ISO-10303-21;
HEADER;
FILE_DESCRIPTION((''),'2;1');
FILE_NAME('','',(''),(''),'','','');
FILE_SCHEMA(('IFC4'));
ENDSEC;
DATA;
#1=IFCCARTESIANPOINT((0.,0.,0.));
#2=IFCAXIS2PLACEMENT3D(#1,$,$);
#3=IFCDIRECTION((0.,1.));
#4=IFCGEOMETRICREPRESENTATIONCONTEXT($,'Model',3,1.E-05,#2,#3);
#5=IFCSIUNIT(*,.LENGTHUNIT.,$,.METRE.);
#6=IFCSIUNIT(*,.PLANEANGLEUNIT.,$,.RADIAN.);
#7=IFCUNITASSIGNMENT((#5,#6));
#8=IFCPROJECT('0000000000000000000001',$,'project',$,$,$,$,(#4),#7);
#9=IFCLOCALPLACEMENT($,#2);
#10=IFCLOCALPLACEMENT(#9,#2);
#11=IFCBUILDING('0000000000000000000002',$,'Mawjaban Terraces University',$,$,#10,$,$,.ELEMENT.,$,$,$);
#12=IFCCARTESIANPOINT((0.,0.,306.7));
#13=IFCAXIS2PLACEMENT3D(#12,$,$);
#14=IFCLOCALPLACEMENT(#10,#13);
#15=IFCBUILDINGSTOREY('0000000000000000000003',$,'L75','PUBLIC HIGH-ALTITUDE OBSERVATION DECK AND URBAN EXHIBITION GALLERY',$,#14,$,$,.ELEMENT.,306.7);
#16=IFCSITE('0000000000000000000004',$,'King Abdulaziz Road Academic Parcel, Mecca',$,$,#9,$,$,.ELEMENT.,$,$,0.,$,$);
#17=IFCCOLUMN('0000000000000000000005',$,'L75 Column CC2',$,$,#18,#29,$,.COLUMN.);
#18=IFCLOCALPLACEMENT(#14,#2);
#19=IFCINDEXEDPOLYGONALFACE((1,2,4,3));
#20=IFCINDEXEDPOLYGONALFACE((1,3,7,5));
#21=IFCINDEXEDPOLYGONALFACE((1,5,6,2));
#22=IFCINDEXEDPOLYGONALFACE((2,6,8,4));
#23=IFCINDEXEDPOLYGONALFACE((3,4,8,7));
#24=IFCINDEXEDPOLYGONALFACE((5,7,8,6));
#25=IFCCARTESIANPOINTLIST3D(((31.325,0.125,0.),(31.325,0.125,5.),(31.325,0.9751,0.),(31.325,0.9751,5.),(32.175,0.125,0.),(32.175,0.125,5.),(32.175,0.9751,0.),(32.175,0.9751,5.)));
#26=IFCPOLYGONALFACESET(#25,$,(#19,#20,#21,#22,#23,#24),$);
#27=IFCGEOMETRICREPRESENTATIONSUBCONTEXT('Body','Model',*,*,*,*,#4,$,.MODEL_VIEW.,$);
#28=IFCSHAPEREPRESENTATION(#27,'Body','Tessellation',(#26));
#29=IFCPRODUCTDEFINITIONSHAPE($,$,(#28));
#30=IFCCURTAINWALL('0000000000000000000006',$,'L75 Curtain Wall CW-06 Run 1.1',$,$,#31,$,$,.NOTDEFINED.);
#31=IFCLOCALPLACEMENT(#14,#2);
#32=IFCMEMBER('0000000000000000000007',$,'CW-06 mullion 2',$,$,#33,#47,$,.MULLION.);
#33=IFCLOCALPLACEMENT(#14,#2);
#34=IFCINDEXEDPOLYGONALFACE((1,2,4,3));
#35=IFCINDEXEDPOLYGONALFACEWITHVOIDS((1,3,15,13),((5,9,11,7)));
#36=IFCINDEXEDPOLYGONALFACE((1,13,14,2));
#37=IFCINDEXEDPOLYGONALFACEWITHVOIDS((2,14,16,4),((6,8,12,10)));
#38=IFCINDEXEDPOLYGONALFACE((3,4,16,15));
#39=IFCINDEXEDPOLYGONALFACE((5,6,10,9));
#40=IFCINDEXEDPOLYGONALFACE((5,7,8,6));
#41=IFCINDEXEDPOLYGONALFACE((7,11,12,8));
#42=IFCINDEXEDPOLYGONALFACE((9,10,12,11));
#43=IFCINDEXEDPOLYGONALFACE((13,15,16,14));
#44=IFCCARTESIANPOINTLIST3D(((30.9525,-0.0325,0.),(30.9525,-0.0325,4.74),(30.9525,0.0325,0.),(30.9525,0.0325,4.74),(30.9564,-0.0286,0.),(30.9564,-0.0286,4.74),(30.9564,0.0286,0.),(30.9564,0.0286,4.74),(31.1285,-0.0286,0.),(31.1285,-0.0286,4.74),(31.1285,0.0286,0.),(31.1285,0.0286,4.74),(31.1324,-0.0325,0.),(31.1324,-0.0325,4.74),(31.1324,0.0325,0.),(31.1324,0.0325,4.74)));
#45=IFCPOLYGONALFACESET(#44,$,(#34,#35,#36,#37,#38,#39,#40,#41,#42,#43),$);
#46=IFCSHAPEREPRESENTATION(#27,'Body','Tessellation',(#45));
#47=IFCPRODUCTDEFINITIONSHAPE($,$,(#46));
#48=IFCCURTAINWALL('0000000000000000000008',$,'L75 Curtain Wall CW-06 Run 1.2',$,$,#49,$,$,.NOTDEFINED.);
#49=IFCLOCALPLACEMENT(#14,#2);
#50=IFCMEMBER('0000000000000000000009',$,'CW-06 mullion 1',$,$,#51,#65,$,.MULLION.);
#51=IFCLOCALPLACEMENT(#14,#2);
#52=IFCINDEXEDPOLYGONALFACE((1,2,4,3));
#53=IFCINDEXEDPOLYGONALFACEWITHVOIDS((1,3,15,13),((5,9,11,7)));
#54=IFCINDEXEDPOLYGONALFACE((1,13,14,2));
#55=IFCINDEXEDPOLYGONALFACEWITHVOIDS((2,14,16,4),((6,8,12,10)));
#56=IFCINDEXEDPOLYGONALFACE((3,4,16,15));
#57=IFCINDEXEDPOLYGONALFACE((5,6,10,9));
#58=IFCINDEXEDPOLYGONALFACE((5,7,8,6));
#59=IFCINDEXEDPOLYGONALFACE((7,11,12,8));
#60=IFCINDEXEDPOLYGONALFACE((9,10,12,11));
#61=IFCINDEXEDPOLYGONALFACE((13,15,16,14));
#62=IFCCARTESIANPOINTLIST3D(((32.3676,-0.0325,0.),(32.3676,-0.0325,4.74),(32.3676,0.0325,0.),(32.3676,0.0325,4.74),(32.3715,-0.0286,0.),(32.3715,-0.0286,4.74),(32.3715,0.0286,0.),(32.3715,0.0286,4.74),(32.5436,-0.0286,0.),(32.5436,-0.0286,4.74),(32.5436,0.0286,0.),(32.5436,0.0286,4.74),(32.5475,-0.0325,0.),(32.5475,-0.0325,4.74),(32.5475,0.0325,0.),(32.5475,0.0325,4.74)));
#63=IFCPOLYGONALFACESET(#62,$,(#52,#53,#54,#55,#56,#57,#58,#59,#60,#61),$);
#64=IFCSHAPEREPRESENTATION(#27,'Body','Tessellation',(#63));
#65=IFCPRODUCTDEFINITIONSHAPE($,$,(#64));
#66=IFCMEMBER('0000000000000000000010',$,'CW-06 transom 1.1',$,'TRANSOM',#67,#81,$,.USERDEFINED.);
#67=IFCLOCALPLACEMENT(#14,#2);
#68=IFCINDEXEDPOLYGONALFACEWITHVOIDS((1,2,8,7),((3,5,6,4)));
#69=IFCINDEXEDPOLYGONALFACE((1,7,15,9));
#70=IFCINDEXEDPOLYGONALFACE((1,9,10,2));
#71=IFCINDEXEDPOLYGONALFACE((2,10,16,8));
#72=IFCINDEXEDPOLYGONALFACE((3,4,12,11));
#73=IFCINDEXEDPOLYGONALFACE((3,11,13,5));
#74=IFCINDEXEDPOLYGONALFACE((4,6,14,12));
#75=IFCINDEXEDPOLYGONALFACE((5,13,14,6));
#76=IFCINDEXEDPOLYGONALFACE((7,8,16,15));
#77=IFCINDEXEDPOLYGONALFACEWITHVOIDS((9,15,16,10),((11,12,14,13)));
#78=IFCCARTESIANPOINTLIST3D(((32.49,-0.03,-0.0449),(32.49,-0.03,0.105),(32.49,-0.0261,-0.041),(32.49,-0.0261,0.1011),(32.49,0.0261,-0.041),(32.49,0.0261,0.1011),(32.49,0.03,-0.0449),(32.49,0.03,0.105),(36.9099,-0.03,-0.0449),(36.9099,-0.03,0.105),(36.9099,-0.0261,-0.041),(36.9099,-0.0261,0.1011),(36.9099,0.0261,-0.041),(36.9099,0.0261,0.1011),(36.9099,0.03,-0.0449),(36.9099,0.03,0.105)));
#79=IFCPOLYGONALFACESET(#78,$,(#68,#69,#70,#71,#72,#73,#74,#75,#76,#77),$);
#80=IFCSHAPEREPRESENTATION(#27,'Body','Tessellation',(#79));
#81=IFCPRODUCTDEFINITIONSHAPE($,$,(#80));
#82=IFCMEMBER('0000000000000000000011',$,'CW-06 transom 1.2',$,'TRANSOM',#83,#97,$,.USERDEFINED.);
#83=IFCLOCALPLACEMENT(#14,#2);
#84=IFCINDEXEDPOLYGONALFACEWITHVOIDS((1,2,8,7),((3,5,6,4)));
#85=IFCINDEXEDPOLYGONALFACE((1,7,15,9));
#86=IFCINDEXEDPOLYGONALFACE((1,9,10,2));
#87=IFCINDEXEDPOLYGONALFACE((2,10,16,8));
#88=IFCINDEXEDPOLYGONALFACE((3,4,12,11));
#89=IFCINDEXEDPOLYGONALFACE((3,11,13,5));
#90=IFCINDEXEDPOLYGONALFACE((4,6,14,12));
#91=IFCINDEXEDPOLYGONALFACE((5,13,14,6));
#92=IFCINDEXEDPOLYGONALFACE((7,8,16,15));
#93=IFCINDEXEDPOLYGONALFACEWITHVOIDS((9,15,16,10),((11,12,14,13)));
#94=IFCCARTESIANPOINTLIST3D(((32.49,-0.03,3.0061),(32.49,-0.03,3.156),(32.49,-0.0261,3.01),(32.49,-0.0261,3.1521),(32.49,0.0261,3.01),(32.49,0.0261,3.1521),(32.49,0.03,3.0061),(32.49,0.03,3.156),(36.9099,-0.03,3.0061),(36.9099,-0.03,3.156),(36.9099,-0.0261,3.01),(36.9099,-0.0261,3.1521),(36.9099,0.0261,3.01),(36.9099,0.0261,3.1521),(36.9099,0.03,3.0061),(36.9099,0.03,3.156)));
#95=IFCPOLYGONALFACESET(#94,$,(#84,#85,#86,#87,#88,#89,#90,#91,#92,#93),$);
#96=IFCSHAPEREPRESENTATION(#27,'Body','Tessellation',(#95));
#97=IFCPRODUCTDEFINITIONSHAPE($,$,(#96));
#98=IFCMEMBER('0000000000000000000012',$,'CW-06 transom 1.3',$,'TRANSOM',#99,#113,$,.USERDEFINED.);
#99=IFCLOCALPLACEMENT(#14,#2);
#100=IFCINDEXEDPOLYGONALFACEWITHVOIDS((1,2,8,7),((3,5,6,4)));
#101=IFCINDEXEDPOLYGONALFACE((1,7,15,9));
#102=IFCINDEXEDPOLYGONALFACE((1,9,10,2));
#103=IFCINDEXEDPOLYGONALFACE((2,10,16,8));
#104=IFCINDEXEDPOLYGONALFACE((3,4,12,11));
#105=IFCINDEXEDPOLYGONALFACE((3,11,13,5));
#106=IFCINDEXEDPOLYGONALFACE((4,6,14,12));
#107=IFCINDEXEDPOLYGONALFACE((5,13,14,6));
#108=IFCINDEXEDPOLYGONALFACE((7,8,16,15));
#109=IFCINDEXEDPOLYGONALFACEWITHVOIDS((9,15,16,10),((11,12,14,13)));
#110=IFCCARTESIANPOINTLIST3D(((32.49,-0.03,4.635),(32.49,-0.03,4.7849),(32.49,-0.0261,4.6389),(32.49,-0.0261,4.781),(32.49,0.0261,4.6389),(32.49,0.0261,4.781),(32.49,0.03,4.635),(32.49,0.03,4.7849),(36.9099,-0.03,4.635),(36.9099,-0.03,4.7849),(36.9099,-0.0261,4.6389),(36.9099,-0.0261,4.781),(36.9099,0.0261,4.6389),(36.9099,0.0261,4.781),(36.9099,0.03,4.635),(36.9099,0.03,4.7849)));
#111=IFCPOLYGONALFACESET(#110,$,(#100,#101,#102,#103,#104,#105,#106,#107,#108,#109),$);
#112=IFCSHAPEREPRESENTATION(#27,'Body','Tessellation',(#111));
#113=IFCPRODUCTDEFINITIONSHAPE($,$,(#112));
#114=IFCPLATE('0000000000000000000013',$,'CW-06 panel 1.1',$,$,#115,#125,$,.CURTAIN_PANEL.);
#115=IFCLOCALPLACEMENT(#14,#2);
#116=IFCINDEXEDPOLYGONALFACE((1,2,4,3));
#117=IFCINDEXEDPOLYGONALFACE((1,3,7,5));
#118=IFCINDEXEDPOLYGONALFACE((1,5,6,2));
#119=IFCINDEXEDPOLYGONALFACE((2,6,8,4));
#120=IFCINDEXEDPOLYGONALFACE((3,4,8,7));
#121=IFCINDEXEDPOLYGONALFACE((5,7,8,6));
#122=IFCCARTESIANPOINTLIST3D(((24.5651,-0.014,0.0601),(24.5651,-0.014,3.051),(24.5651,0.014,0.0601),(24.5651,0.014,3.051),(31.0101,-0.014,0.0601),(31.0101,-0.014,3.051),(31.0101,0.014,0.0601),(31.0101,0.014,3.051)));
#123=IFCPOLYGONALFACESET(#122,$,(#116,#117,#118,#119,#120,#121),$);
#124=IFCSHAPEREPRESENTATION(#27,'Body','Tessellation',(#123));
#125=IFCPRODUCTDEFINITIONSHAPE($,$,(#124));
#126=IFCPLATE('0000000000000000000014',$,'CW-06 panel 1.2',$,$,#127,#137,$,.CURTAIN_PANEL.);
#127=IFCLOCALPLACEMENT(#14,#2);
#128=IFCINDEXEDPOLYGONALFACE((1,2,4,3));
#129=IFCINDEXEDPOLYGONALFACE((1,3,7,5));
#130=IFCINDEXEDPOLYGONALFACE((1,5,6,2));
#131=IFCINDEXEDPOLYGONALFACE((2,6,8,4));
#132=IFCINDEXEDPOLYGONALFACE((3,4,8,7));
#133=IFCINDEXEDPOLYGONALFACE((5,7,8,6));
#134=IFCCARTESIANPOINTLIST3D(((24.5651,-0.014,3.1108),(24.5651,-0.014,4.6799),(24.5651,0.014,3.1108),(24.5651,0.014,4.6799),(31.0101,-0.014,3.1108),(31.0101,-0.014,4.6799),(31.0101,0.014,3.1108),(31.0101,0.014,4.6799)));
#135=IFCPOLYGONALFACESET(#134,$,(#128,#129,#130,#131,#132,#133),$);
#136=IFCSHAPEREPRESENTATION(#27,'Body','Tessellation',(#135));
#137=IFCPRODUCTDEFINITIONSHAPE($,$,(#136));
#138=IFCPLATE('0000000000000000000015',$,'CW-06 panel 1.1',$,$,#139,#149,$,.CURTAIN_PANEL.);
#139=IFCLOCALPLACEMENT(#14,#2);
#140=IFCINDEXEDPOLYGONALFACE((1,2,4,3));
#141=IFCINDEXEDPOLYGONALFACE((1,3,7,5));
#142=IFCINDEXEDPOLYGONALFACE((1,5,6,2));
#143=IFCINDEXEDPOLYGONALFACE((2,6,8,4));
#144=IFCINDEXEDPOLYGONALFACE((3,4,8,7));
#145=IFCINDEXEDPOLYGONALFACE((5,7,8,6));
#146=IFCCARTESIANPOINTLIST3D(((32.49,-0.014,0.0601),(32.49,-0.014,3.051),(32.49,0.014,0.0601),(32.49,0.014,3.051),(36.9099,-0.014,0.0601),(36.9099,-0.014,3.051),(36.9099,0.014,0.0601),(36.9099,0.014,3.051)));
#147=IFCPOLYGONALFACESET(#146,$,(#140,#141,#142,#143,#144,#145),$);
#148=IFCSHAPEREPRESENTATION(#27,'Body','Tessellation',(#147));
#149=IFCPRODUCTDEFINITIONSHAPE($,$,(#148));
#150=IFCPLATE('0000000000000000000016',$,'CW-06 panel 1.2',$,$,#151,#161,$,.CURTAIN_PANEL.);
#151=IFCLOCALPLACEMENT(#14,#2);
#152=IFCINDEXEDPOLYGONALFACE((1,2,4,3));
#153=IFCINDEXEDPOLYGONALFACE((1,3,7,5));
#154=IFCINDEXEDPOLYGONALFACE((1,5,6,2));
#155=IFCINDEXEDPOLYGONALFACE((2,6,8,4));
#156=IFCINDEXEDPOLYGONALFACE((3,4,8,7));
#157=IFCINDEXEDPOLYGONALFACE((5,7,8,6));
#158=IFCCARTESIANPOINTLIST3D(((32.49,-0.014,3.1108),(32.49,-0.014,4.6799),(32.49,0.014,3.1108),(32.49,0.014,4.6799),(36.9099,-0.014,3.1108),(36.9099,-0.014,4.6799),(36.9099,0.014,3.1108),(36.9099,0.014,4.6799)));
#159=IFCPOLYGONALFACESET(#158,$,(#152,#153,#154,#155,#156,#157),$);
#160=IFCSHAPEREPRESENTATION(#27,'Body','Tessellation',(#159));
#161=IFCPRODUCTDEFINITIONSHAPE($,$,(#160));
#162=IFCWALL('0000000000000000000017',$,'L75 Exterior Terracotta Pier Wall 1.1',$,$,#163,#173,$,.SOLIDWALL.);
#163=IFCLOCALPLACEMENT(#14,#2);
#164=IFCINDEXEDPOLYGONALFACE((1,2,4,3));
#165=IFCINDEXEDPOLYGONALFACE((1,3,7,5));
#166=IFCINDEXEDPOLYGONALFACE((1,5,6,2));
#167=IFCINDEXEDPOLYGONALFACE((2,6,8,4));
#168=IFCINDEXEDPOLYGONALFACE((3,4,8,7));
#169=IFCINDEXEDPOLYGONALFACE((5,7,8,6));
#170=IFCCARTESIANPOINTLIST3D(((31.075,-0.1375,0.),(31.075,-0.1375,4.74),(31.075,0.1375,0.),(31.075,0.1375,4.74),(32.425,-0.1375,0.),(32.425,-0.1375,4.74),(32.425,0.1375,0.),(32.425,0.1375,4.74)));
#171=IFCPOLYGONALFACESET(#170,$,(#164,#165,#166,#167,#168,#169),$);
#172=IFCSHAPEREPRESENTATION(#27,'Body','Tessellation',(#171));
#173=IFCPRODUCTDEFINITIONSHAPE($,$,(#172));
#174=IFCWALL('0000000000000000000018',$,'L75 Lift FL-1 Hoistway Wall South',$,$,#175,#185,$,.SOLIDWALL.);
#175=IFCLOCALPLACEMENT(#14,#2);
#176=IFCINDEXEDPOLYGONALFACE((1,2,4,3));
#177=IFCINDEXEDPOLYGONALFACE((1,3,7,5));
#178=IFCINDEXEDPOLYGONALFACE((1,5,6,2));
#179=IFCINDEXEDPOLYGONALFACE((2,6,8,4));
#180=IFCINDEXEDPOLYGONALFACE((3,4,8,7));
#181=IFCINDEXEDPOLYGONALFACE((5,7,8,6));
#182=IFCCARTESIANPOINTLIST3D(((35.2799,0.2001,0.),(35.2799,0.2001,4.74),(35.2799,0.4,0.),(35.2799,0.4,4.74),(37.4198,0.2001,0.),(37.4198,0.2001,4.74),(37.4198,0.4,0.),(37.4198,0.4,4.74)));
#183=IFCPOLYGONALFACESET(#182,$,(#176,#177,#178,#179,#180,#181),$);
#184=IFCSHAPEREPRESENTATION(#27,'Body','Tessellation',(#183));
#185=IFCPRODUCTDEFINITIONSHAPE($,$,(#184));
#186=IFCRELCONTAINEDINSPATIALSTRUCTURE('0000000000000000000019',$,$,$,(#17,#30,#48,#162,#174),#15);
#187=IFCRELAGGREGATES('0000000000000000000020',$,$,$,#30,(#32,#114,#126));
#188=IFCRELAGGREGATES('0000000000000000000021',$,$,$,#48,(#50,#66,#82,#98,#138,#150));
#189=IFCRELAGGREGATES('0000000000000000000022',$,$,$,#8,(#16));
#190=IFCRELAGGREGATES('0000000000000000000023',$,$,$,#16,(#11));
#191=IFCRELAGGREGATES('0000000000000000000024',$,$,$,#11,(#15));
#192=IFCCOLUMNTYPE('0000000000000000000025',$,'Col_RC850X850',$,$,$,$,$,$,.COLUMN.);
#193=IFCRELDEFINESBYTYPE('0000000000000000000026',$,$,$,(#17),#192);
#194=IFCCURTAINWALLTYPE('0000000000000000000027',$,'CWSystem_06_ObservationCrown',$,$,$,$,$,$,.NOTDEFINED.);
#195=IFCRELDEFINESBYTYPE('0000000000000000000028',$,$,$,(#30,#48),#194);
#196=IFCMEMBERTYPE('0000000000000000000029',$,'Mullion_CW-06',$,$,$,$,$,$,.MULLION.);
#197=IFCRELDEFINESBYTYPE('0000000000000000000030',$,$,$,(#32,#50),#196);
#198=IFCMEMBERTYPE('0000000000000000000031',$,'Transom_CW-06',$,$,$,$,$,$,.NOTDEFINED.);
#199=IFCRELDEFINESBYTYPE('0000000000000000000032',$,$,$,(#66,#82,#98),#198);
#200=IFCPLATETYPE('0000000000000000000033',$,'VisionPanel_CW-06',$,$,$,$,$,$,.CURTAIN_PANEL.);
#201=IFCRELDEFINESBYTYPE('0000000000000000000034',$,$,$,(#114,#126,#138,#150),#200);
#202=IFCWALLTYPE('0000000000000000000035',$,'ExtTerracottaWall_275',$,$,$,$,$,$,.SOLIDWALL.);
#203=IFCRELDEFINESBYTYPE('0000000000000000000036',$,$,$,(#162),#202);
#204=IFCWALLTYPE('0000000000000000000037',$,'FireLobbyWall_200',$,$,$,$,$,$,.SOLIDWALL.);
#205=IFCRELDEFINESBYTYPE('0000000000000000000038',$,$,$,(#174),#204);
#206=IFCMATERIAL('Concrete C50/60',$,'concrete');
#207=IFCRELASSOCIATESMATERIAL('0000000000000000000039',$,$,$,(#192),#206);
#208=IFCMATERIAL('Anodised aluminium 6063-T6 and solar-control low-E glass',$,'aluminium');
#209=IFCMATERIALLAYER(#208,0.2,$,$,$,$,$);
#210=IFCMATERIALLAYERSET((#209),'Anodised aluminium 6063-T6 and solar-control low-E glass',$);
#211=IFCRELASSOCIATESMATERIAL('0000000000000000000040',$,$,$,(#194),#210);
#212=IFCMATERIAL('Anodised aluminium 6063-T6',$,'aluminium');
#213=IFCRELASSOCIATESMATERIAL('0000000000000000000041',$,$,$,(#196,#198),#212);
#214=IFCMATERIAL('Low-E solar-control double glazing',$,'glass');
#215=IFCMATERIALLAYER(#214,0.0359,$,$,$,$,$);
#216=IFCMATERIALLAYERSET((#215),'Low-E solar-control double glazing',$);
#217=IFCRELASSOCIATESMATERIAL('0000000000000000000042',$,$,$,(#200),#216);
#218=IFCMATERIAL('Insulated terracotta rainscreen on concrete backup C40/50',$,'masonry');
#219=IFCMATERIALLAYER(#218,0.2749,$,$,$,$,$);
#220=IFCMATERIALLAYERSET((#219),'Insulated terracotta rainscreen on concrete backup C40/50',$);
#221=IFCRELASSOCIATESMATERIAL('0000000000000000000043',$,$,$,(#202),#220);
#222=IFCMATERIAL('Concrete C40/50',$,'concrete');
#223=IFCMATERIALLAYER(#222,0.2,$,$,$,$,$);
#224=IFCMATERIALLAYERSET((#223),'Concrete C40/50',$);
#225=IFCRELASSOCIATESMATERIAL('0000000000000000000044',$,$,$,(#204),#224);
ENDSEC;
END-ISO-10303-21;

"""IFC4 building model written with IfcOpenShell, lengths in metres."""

from ifc_helpers import new_model, si_unit, direction, frame, frame_2d, origin, origin_2d, place, context, subcontext, project, spatial, rectangle, hollow_rectangle, extrude, material, layer, layer_set, material_profile, profile_set, type_object, element, aggregate, save


model = new_model("IFC4")

# Units and contexts
model_context = context("Model", 3, precision=1e-05, world=origin(), true_north=direction((0.0, 1.0)))
body_context = subcontext(model_context, "Body", "Model", "MODEL_VIEW")
ifc_project = project(units=[si_unit("LENGTHUNIT", "METRE"), si_unit("PLANEANGLEUNIT", "RADIAN")], contexts=[model_context])

# Site, building, storey
site_placement = place(None, origin())
site = spatial("IfcSite", under=ifc_project, at=site_placement, Name="King Abdulaziz Road Academic Parcel, Mecca", CompositionType="ELEMENT", RefElevation=0.0)
building_placement = place(site_placement, origin())
building = spatial("IfcBuilding", under=site, at=building_placement, Name="Mawjaban Terraces University", CompositionType="ELEMENT")
storey_placement = place(building_placement, frame((0.0, 0.0, 306.7)))
storey = spatial("IfcBuildingStorey", under=building, at=storey_placement, Name="L75", Description="PUBLIC HIGH-ALTITUDE OBSERVATION DECK AND URBAN EXHIBITION GALLERY", CompositionType="ELEMENT", Elevation=306.7)

# Column
ifc_material_1 = material(Name="Concrete C50/60", Category="concrete")
ifc_material_profile_1 = material_profile(ifc_material_1, rectangle(XDim=0.8501, YDim=0.8501, at=origin_2d()), Name="RC850X850")
ifc_profile_set_1 = profile_set([ifc_material_profile_1], Name="Concrete C50/60")
column_type = type_object("IfcColumnType", Name="Col_RC850X850", PredefinedType="COLUMN", material=ifc_profile_set_1)
column_placement = place(storey_placement, frame((31.75, 0.55, 0.0), z_axis=(0.0, 0.0, 1.0), x_axis=(1.0, 0.0, 0.0)))
element("IfcColumn", 1, at=column_placement, inside=storey, type_object=column_type, Name="L75 Column CC2", PredefinedType="COLUMN", context=body_context, shape_type="SweptSolid", body=[
    extrude(rectangle(XDim=0.8501, YDim=0.8501, at=origin_2d()), origin(), (0.0, 0.0, 1.0), 5.0),
])

# Curtain wall, member
ifc_material_2 = material(Name="Anodised aluminium 6063-T6 and solar-control low-E glass", Category="aluminium")
ifc_layer_1 = layer(ifc_material_2, 0.2)
ifc_layer_set_1 = layer_set([ifc_layer_1], Name="Anodised aluminium 6063-T6 and solar-control low-E glass")
curtain_wall_type = type_object("IfcCurtainWallType", Name="CWSystem_06_ObservationCrown", PredefinedType="NOTDEFINED", material=ifc_layer_set_1)
curtain_wall_1_placement = place(storey_placement, origin())
curtain_wall_1 = element("IfcCurtainWall", 2, at=curtain_wall_1_placement, inside=storey, type_object=curtain_wall_type, Name="L75 Curtain Wall CW-06 Run 1.1", PredefinedType="NOTDEFINED")
ifc_material_3 = material(Name="Anodised aluminium 6063-T6", Category="aluminium")
ifc_material_profile_2 = material_profile(ifc_material_3, hollow_rectangle(XDim=0.0649, YDim=0.1799, WallThickness=0.0039, at=origin_2d()), Name="ALU180X65X4")
ifc_profile_set_2 = profile_set([ifc_material_profile_2], Name="Anodised aluminium 6063-T6")
member_type_1 = type_object("IfcMemberType", Name="Mullion_CW-06", PredefinedType="MULLION", material=ifc_profile_set_2)
member_1_placement = place(storey_placement, frame((31.0425, 0.0, 0.0), z_axis=(0.0, 0.0, 1.0), x_axis=(0.0, 1.0, 0.0)))
member_1 = element("IfcMember", 3, at=member_1_placement, type_object=member_type_1, Name="CW-06 mullion 2", PredefinedType="MULLION", context=body_context, shape_type="SweptSolid", body=[
    extrude(hollow_rectangle(XDim=0.0649, YDim=0.1799, WallThickness=0.0039, at=origin_2d()), origin(), (0.0, 0.0, 1.0), 4.74),
])

# Curtain wall, members
curtain_wall_2_placement = place(storey_placement, origin())
curtain_wall_2 = element("IfcCurtainWall", 4, at=curtain_wall_2_placement, inside=storey, type_object=curtain_wall_type, Name="L75 Curtain Wall CW-06 Run 1.2", PredefinedType="NOTDEFINED")
member_2_placement = place(storey_placement, frame((32.4575, 0.0, 0.0), z_axis=(0.0, 0.0, 1.0), x_axis=(0.0, 1.0, 0.0)))
member_2 = element("IfcMember", 5, at=member_2_placement, type_object=member_type_1, Name="CW-06 mullion 1", PredefinedType="MULLION", context=body_context, shape_type="SweptSolid", body=[
    extrude(hollow_rectangle(XDim=0.0649, YDim=0.1799, WallThickness=0.0039, at=origin_2d()), origin(), (0.0, 0.0, 1.0), 4.74),
])
ifc_material_profile_3 = material_profile(ifc_material_3, hollow_rectangle(XDim=0.0601, YDim=0.1499, WallThickness=0.0039, at=origin_2d()), Name="ALU150X60X4")
ifc_profile_set_3 = profile_set([ifc_material_profile_3], Name="Anodised aluminium 6063-T6")
member_type_2 = type_object("IfcMemberType", Name="Transom_CW-06", PredefinedType="NOTDEFINED", material=ifc_profile_set_3)
member_3_placement = place(storey_placement, frame((32.49, 0.0, 0.03), z_axis=(1.0, 0.0, 0.0), x_axis=(0.0, 1.0, 0.0)))
member_3 = element("IfcMember", 6, at=member_3_placement, type_object=member_type_2, Name="CW-06 transom 1.1", ObjectType="TRANSOM", PredefinedType="USERDEFINED", context=body_context, shape_type="SweptSolid", body=[
    extrude(hollow_rectangle(XDim=0.0601, YDim=0.1499, WallThickness=0.0039, at=origin_2d()), origin(), (0.0, 0.0, 1.0), 4.4199),
])
member_4_placement = place(storey_placement, frame((32.49, 0.0, 3.0811), z_axis=(1.0, 0.0, 0.0), x_axis=(0.0, 1.0, 0.0)))
member_4 = element("IfcMember", 7, at=member_4_placement, type_object=member_type_2, Name="CW-06 transom 1.2", ObjectType="TRANSOM", PredefinedType="USERDEFINED", context=body_context, shape_type="SweptSolid", body=[
    extrude(hollow_rectangle(XDim=0.0601, YDim=0.1499, WallThickness=0.0039, at=origin_2d()), origin(), (0.0, 0.0, 1.0), 4.4199),
])
member_5_placement = place(storey_placement, frame((32.49, 0.0, 4.71), z_axis=(1.0, 0.0, 0.0), x_axis=(0.0, 1.0, 0.0)))
member_5 = element("IfcMember", 8, at=member_5_placement, type_object=member_type_2, Name="CW-06 transom 1.3", ObjectType="TRANSOM", PredefinedType="USERDEFINED", context=body_context, shape_type="SweptSolid", body=[
    extrude(hollow_rectangle(XDim=0.0601, YDim=0.1499, WallThickness=0.0039, at=origin_2d()), origin(), (0.0, 0.0, 1.0), 4.4199),
])

# Plates
ifc_material_4 = material(Name="Low-E solar-control double glazing", Category="glass")
ifc_layer_2 = layer(ifc_material_4, 0.0359)
ifc_layer_set_2 = layer_set([ifc_layer_2], Name="Low-E solar-control double glazing")
plate_type = type_object("IfcPlateType", Name="VisionPanel_CW-06", PredefinedType="CURTAIN_PANEL", material=ifc_layer_set_2)
plate_1_placement = place(storey_placement, frame((27.7876, 0.0, 0.0601), z_axis=(0.0, 0.0, 1.0), x_axis=(1.0, 0.0, 0.0)))
plate_1 = element("IfcPlate", 9, at=plate_1_placement, type_object=plate_type, Name="CW-06 panel 1.1", PredefinedType="CURTAIN_PANEL", context=body_context, shape_type="SweptSolid", body=[
    extrude(rectangle(XDim=6.4451, YDim=0.0281, at=origin_2d()), origin(), (0.0, 0.0, 1.0), 2.991),
])
plate_2_placement = place(storey_placement, frame((27.7876, 0.0, 3.1108), z_axis=(0.0, 0.0, 1.0), x_axis=(1.0, 0.0, 0.0)))
plate_2 = element("IfcPlate", 10, at=plate_2_placement, type_object=plate_type, Name="CW-06 panel 1.2", PredefinedType="CURTAIN_PANEL", context=body_context, shape_type="SweptSolid", body=[
    extrude(rectangle(XDim=6.4451, YDim=0.0281, at=origin_2d()), origin(), (0.0, 0.0, 1.0), 1.5691),
])
aggregate(curtain_wall_1, [member_1, plate_1, plate_2])
plate_3_placement = place(storey_placement, frame((34.7, 0.0, 0.0601), z_axis=(0.0, 0.0, 1.0), x_axis=(1.0, 0.0, 0.0)))
plate_3 = element("IfcPlate", 11, at=plate_3_placement, type_object=plate_type, Name="CW-06 panel 1.1", PredefinedType="CURTAIN_PANEL", context=body_context, shape_type="SweptSolid", body=[
    extrude(rectangle(XDim=4.4199, YDim=0.0281, at=origin_2d()), origin(), (0.0, 0.0, 1.0), 2.991),
])
plate_4_placement = place(storey_placement, frame((34.7, 0.0, 3.1108), z_axis=(0.0, 0.0, 1.0), x_axis=(1.0, 0.0, 0.0)))
plate_4 = element("IfcPlate", 12, at=plate_4_placement, type_object=plate_type, Name="CW-06 panel 1.2", PredefinedType="CURTAIN_PANEL", context=body_context, shape_type="SweptSolid", body=[
    extrude(rectangle(XDim=4.4199, YDim=0.0281, at=origin_2d()), origin(), (0.0, 0.0, 1.0), 1.5691),
])
aggregate(curtain_wall_2, [member_2, member_3, member_4, member_5, plate_3, plate_4])

# Wall
ifc_material_5 = material(Name="Insulated terracotta rainscreen on concrete backup C40/50", Category="masonry")
ifc_layer_3 = layer(ifc_material_5, 0.2749)
ifc_layer_set_3 = layer_set([ifc_layer_3], Name="Insulated terracotta rainscreen on concrete backup C40/50")
wall_type_1 = type_object("IfcWallType", Name="ExtTerracottaWall_275", PredefinedType="SOLIDWALL", material=ifc_layer_set_3)
wall_1_placement = place(storey_placement, frame((31.075, 0.0, 0.0), z_axis=(0.0, 0.0, 1.0), x_axis=(1.0, 0.0, 0.0)))
element("IfcWall", 13, at=wall_1_placement, inside=storey, type_object=wall_type_1, Name="L75 Exterior Terracotta Pier Wall 1.1", PredefinedType="SOLIDWALL", context=body_context, shape_type="SweptSolid", body=[
    extrude(rectangle(XDim=1.3501, YDim=0.2749, at=frame_2d((0.675, 0.0))), origin(), (0.0, 0.0, 1.0), 4.74),
])

# Shared definitions
ifc_material_6 = material(Name="Concrete C40/50", Category="concrete")
ifc_layer_4 = layer(ifc_material_6, 0.2)
ifc_layer_set_4 = layer_set([ifc_layer_4], Name="Concrete C40/50")
wall_type_2 = type_object("IfcWallType", Name="FireLobbyWall_200", PredefinedType="SOLIDWALL", material=ifc_layer_set_4)

# Wall
wall_2_placement = place(storey_placement, frame((35.28, 0.3, 0.0), z_axis=(0.0, 0.0, 1.0), x_axis=(1.0, 0.0, 0.0)))
element("IfcWall", 14, at=wall_2_placement, inside=storey, type_object=wall_type_2, Name="L75 Lift FL-1 Hoistway Wall South", PredefinedType="SOLIDWALL", context=body_context, shape_type="SweptSolid", body=[
    extrude(rectangle(XDim=2.1399, YDim=0.2, at=frame_2d((1.0698, 0.0))), origin(), (0.0, 0.0, 1.0), 4.74),
])

save(model, "model.ifc")
